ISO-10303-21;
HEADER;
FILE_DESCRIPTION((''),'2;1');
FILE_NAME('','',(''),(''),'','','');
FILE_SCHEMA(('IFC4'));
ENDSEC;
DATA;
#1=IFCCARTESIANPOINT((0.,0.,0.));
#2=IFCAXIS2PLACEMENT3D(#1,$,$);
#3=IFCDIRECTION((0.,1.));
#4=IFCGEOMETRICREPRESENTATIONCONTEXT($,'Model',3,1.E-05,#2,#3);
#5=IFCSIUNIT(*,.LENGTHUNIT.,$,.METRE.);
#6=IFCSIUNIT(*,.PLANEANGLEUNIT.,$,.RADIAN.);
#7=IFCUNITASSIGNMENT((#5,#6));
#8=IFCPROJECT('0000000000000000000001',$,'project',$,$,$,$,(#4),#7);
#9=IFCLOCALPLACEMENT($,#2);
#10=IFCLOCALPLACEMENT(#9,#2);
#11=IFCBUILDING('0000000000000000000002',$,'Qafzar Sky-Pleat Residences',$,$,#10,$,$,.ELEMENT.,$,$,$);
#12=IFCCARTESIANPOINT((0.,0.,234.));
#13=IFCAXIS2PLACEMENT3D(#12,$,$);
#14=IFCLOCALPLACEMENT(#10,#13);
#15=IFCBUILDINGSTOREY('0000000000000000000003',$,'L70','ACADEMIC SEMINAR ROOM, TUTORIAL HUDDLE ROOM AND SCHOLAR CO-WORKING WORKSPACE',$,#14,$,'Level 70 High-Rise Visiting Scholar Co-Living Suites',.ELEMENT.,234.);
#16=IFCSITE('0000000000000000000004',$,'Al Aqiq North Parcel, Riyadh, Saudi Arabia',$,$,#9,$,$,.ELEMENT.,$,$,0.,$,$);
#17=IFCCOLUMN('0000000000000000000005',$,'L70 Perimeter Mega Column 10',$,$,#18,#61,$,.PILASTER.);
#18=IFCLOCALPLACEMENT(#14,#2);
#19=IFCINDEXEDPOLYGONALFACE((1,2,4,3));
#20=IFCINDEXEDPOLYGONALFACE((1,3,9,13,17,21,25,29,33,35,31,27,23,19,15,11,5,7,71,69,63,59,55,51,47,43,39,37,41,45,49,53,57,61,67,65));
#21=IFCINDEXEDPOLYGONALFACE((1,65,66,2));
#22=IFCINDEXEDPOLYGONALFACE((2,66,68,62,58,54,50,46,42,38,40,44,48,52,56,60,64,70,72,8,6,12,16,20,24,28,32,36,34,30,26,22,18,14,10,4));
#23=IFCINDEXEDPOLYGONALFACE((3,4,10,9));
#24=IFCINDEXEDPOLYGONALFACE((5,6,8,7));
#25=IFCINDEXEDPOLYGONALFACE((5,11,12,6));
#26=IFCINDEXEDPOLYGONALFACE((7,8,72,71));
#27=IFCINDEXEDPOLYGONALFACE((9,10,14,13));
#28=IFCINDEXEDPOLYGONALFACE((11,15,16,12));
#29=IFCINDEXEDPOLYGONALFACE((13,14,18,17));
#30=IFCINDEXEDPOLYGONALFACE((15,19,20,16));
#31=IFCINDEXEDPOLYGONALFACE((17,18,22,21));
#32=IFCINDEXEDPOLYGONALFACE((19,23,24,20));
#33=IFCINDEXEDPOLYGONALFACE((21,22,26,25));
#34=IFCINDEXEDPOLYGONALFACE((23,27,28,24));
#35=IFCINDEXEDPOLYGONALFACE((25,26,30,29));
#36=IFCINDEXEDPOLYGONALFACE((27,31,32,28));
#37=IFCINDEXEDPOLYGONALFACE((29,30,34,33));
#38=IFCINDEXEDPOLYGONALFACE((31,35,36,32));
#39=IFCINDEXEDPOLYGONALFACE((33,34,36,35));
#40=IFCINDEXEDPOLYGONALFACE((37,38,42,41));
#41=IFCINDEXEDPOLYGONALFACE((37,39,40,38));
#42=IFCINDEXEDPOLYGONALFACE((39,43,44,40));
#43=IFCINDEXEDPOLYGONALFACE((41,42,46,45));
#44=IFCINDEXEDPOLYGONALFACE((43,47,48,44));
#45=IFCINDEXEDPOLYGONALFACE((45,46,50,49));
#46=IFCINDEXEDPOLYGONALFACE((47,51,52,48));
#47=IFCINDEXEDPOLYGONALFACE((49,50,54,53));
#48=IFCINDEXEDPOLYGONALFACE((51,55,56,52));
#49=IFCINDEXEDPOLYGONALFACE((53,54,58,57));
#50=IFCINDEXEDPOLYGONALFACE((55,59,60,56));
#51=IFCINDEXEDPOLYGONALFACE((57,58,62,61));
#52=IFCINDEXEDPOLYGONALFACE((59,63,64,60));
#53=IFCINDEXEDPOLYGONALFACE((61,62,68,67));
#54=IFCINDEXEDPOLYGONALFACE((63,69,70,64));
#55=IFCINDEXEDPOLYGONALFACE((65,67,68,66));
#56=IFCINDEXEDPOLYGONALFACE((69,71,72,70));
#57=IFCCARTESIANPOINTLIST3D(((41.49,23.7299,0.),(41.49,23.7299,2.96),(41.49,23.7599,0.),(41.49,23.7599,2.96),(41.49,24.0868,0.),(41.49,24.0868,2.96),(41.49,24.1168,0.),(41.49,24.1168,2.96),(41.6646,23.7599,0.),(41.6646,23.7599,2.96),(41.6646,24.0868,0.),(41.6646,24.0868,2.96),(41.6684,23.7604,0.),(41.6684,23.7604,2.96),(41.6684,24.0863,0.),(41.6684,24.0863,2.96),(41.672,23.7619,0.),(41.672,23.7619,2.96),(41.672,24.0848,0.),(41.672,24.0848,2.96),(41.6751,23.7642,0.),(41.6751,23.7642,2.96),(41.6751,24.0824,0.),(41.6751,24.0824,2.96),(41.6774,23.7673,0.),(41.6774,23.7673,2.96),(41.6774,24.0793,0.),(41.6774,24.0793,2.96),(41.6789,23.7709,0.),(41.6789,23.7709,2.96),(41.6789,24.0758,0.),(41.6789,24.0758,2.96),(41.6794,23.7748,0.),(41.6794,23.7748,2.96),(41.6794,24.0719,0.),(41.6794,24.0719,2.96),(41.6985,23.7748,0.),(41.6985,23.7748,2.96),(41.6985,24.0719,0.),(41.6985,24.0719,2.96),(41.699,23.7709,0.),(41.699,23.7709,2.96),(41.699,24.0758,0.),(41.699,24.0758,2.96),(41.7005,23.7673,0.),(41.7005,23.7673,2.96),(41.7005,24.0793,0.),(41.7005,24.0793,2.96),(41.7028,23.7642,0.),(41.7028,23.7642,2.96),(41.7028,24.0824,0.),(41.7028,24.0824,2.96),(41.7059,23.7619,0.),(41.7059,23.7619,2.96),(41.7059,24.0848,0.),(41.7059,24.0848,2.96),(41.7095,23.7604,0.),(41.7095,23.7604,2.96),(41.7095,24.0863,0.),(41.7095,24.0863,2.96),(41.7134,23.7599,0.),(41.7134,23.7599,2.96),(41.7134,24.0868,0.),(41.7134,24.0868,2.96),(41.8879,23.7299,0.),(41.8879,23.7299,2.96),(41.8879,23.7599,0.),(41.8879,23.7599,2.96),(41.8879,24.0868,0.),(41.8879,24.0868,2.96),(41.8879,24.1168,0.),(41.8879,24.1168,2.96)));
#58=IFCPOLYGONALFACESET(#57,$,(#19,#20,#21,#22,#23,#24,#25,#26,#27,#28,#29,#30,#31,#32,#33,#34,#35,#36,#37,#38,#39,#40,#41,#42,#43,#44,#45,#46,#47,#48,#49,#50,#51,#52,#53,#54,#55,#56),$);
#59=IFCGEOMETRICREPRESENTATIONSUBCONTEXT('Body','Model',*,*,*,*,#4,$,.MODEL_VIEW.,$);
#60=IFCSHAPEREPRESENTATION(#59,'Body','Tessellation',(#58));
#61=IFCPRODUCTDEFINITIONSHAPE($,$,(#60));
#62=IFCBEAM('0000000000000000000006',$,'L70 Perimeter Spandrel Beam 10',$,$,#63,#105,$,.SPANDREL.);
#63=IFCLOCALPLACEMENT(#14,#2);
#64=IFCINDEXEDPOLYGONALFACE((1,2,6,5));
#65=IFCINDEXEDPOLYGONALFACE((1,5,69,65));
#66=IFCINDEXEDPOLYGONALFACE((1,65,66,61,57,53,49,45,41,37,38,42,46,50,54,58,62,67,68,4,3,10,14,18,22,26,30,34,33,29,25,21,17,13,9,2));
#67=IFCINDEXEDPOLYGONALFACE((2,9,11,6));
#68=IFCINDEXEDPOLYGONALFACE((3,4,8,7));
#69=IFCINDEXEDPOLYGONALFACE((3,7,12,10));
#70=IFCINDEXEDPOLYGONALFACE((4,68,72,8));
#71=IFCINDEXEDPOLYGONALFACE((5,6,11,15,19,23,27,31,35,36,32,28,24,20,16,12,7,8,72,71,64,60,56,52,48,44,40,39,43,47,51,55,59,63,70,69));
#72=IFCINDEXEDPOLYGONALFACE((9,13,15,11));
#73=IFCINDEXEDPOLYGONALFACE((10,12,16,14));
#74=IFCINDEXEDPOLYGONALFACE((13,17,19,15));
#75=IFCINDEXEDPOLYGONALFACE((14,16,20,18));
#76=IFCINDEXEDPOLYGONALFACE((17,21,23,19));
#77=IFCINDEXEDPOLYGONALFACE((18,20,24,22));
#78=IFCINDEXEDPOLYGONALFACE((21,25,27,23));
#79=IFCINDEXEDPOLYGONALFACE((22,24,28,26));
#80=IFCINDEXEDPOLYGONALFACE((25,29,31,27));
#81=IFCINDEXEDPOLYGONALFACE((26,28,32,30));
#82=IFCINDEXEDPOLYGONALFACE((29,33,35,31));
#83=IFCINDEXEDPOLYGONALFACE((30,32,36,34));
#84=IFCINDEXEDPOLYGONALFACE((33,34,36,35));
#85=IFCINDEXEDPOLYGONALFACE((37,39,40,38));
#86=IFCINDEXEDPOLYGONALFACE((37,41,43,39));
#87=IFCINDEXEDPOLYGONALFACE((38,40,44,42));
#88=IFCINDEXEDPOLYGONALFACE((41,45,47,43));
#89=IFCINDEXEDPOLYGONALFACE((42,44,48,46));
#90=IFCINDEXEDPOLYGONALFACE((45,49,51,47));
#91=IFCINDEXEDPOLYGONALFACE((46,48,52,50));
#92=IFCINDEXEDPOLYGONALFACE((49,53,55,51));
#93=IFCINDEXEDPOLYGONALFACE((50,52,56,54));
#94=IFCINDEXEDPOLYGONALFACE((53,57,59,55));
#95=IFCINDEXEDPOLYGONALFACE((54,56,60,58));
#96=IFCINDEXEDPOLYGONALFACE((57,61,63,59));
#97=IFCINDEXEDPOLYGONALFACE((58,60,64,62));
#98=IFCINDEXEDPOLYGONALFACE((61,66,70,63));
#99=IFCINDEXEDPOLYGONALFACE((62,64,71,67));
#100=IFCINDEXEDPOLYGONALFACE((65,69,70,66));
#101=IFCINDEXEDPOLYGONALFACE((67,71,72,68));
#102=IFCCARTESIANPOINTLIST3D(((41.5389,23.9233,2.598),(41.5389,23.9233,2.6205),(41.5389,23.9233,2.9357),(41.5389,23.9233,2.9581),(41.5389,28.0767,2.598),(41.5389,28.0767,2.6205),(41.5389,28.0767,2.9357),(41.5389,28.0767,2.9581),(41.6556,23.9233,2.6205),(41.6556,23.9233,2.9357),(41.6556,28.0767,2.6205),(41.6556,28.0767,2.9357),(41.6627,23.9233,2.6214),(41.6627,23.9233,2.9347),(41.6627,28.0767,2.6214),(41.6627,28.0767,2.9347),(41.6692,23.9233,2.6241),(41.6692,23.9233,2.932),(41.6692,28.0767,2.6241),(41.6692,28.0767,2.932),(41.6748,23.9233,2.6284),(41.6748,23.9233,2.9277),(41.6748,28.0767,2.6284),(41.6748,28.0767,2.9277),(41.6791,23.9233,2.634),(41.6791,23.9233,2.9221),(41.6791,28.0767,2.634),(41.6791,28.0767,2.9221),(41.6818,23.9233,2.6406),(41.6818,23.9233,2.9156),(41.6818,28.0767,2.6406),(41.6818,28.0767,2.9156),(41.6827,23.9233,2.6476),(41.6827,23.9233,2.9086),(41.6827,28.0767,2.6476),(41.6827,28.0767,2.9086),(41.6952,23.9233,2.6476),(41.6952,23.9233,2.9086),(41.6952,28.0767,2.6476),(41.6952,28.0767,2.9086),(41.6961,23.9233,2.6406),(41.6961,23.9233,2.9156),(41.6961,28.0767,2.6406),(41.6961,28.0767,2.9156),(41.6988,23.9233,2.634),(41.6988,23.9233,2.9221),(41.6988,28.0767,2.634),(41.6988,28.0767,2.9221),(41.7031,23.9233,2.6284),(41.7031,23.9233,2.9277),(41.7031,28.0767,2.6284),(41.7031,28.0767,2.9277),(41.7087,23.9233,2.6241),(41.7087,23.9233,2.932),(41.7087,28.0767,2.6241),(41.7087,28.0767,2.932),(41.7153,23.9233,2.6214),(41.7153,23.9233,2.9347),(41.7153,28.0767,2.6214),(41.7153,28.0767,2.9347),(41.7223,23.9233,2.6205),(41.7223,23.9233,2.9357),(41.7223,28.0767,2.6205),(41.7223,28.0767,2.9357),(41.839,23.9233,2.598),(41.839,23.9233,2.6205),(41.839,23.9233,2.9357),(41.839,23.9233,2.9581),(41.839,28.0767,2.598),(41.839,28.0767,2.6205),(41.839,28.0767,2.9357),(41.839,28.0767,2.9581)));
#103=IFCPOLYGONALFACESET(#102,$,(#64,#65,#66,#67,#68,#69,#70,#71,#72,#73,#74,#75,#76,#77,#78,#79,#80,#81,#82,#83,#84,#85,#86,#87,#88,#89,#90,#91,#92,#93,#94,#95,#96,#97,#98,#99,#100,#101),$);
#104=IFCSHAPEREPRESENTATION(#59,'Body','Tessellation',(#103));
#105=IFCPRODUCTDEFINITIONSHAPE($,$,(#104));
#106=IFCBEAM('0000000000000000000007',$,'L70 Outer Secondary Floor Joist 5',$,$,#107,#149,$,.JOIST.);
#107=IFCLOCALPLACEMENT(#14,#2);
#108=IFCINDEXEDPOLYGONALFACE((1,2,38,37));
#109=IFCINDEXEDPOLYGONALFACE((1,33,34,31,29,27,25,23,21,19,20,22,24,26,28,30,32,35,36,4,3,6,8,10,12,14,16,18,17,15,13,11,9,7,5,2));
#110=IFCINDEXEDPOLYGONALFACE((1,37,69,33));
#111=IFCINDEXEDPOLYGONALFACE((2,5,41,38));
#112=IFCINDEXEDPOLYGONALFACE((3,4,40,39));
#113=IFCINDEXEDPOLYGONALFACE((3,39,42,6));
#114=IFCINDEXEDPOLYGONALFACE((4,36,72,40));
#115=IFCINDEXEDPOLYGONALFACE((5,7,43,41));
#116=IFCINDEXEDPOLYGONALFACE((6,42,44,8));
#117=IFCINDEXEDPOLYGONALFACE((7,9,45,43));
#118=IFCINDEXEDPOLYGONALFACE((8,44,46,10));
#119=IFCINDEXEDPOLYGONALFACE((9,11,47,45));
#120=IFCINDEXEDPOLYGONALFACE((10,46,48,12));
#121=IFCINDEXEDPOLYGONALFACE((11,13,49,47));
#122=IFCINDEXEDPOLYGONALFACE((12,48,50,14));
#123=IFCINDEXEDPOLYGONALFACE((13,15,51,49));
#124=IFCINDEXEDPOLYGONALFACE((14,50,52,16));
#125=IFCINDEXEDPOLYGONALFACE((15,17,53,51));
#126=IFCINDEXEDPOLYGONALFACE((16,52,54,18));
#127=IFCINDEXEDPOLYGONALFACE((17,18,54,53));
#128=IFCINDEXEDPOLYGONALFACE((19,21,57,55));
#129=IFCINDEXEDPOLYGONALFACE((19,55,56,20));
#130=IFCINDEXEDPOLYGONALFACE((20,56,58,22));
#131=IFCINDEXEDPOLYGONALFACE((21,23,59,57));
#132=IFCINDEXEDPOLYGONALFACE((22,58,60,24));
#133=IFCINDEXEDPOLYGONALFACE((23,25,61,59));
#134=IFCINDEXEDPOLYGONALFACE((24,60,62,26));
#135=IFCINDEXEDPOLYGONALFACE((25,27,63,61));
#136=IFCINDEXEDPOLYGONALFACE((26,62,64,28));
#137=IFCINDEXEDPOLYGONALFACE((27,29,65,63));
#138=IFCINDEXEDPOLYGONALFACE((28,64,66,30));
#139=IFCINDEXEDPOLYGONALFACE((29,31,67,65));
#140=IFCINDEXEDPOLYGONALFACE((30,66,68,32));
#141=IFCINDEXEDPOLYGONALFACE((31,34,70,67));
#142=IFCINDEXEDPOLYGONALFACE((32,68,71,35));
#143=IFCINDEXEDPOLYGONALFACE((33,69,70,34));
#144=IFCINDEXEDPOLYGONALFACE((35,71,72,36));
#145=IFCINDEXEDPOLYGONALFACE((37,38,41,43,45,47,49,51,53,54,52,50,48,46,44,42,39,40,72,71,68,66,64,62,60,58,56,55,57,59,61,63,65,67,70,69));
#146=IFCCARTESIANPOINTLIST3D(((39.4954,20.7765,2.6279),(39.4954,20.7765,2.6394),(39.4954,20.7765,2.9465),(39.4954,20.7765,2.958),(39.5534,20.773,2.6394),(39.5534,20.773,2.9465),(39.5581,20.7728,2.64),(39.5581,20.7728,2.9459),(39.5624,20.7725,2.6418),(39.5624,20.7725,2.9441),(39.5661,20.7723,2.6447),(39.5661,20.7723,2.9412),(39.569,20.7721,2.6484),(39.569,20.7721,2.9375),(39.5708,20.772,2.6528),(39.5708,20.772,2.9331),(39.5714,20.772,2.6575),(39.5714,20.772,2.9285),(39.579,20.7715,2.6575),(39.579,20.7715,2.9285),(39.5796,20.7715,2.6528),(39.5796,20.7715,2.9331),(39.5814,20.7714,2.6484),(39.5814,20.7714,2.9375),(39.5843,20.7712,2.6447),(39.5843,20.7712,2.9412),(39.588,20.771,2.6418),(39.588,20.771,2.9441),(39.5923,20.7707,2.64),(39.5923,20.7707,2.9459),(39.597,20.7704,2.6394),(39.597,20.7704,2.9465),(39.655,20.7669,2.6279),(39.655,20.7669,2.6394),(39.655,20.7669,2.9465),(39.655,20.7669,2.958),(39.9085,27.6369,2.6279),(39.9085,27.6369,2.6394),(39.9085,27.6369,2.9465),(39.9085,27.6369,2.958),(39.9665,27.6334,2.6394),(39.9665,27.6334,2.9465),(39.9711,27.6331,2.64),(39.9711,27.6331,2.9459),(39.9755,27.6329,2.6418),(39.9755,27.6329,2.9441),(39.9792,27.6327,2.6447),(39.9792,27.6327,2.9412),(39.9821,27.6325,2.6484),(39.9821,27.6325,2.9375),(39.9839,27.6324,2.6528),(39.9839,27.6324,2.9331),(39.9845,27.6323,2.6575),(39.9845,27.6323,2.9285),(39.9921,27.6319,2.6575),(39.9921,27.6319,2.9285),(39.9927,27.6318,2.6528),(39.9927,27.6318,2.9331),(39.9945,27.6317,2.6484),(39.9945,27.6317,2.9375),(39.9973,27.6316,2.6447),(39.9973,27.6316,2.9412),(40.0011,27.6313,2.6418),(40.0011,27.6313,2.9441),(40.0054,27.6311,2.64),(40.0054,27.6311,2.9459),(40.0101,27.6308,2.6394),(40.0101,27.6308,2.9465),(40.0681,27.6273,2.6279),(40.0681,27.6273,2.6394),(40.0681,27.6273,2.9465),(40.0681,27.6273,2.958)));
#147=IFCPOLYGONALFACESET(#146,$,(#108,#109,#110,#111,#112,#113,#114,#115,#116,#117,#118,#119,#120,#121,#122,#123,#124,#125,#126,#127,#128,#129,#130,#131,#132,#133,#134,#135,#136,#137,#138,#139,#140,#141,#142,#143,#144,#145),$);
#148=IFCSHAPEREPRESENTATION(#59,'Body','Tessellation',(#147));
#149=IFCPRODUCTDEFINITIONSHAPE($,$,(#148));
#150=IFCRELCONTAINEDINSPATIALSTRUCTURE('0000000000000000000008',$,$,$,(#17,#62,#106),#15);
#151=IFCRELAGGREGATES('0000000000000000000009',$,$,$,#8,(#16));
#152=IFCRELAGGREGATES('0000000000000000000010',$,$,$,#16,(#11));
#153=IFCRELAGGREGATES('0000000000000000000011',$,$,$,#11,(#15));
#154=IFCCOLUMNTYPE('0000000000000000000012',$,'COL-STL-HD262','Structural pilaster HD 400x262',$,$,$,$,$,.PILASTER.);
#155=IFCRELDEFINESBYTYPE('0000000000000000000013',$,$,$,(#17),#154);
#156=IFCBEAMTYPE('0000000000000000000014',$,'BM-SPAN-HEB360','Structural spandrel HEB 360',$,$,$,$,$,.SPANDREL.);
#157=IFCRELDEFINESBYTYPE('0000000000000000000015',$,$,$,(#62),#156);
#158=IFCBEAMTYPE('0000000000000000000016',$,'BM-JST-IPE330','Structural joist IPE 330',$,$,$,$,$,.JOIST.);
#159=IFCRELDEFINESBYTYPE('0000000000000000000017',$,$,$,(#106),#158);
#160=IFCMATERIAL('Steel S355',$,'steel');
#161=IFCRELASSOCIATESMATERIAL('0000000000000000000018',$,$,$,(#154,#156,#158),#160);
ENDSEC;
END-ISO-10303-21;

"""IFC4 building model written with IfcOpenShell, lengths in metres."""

from ifc_helpers import new_model, si_unit, direction, frame, origin, origin_2d, place, context, subcontext, project, spatial, i_section, extrude, source, transform, mapped, material, material_profile, profile_set, type_object, element, save


model = new_model("IFC4")

# Units and contexts
model_context = context("Model", 3, precision=1e-05, world=origin(), true_north=direction((0.0, 1.0)))
body_context = subcontext(model_context, "Body", "Model", "MODEL_VIEW")
ifc_project = project(units=[si_unit("LENGTHUNIT", "METRE"), si_unit("PLANEANGLEUNIT", "RADIAN")], contexts=[model_context])

# Site, building, storey
site_placement = place(None, origin())
site = spatial("IfcSite", under=ifc_project, at=site_placement, Name="Al Aqiq North Parcel, Riyadh, Saudi Arabia", CompositionType="ELEMENT", RefElevation=0.0)
building_placement = place(site_placement, origin())
building = spatial("IfcBuilding", under=site, at=building_placement, Name="Qafzar Sky-Pleat Residences", CompositionType="ELEMENT")
storey_placement = place(building_placement, frame((0.0, 0.0, 234.0)))
storey = spatial("IfcBuildingStorey", under=building, at=storey_placement, Name="L70", Description="ACADEMIC SEMINAR ROOM, TUTORIAL HUDDLE ROOM AND SCHOLAR CO-WORKING WORKSPACE", LongName="Level 70 High-Rise Visiting Scholar Co-Living Suites", CompositionType="ELEMENT", Elevation=234.0)

# Column
ifc_material_1 = material(Name="Steel S355", Category="steel")
ifc_material_profile_1 = material_profile(ifc_material_1, i_section(OverallWidth=0.3979, OverallDepth=0.387, WebThickness=0.019, FlangeThickness=0.03, FilletRadius=0.0149, at=origin_2d()), Name="HD 400x262")
ifc_profile_set_1 = profile_set([ifc_material_profile_1], Name="Steel S355")
column_type = type_object("IfcColumnType", Name="COL-STL-HD262", Description="Structural pilaster HD 400x262", PredefinedType="PILASTER", material=ifc_profile_set_1)
shared_shape_1 = source(origin(), body_context, "Body", "SweptSolid", [
    extrude(i_section(OverallWidth=0.3979, OverallDepth=0.387, WebThickness=0.019, FlangeThickness=0.03, FilletRadius=0.0149, at=origin_2d()), origin(), (0.0, 0.0, 1.0), 2.96),
])
column_placement = place(storey_placement, frame((41.689, 23.9233, 0.0), z_axis=(0.0, 0.0, 1.0), x_axis=(1.0, 0.0, 0.0)))
element("IfcColumn", 1, at=column_placement, inside=storey, type_object=column_type, Name="L70 Perimeter Mega Column 10", PredefinedType="PILASTER", context=body_context, shape_type="MappedRepresentation", body=[
    mapped(shared_shape_1, transform((0.0, 0.0, 0.0), x_axis=(1.0, 0.0, 0.0), y_axis=(0.0, 1.0, 0.0), z_axis=(0.0, 0.0, 1.0), scale=1.0)),
])

# Beams
ifc_material_profile_2 = material_profile(ifc_material_1, i_section(OverallWidth=0.3, OverallDepth=0.3601, WebThickness=0.0125, FlangeThickness=0.0225, FilletRadius=0.0271, at=origin_2d()), Name="HEB 360")
ifc_profile_set_2 = profile_set([ifc_material_profile_2], Name="Steel S355")
beam_type_1 = type_object("IfcBeamType", Name="BM-SPAN-HEB360", Description="Structural spandrel HEB 360", PredefinedType="SPANDREL", material=ifc_profile_set_2)
shared_shape_2 = source(origin(), body_context, "Body", "SweptSolid", [
    extrude(i_section(OverallWidth=0.3, OverallDepth=0.3601, WebThickness=0.0125, FlangeThickness=0.0225, FilletRadius=0.0271, at=origin_2d()), origin(), (0.0, 0.0, 1.0), 4.1533),
])
beam_1_placement = place(storey_placement, frame((41.689, 23.9233, 2.7781), z_axis=(0.0, 1.0, 0.0), x_axis=(-1.0, 0.0, 0.0)))
element("IfcBeam", 2, at=beam_1_placement, inside=storey, type_object=beam_type_1, Name="L70 Perimeter Spandrel Beam 10", PredefinedType="SPANDREL", context=body_context, shape_type="MappedRepresentation", body=[
    mapped(shared_shape_2, transform((0.0, 0.0, 0.0), x_axis=(1.0, 0.0, 0.0), y_axis=(0.0, 1.0, 0.0), z_axis=(0.0, 0.0, 1.0), scale=1.0)),
])
ifc_material_profile_3 = material_profile(ifc_material_1, i_section(OverallWidth=0.1599, OverallDepth=0.3301, WebThickness=0.0076, FlangeThickness=0.0115, FilletRadius=0.0181, at=origin_2d()), Name="IPE 330")
ifc_profile_set_3 = profile_set([ifc_material_profile_3], Name="Steel S355")
beam_type_2 = type_object("IfcBeamType", Name="BM-JST-IPE330", Description="Structural joist IPE 330", PredefinedType="JOIST", material=ifc_profile_set_3)
shared_shape_3 = source(origin(), body_context, "Body", "SweptSolid", [
    extrude(i_section(OverallWidth=0.1599, OverallDepth=0.3301, WebThickness=0.0076, FlangeThickness=0.0115, FilletRadius=0.0181, at=origin_2d()), origin(), (0.0, 0.0, 1.0), 6.8728),
])
beam_2_placement = place(storey_placement, frame((39.5752, 20.7717, 2.793), z_axis=(0.060105, 0.998192, 0.0), x_axis=(-0.998192, 0.060105, 0.0)))
element("IfcBeam", 3, at=beam_2_placement, inside=storey, type_object=beam_type_2, Name="L70 Outer Secondary Floor Joist 5", PredefinedType="JOIST", context=body_context, shape_type="MappedRepresentation", body=[
    mapped(shared_shape_3, transform((0.0, 0.0, 0.0), x_axis=(1.0, 0.0, 0.0), y_axis=(0.0, 1.0, 0.0), z_axis=(0.0, 0.0, 1.0), scale=1.0)),
])

save(model, "model.ifc")
